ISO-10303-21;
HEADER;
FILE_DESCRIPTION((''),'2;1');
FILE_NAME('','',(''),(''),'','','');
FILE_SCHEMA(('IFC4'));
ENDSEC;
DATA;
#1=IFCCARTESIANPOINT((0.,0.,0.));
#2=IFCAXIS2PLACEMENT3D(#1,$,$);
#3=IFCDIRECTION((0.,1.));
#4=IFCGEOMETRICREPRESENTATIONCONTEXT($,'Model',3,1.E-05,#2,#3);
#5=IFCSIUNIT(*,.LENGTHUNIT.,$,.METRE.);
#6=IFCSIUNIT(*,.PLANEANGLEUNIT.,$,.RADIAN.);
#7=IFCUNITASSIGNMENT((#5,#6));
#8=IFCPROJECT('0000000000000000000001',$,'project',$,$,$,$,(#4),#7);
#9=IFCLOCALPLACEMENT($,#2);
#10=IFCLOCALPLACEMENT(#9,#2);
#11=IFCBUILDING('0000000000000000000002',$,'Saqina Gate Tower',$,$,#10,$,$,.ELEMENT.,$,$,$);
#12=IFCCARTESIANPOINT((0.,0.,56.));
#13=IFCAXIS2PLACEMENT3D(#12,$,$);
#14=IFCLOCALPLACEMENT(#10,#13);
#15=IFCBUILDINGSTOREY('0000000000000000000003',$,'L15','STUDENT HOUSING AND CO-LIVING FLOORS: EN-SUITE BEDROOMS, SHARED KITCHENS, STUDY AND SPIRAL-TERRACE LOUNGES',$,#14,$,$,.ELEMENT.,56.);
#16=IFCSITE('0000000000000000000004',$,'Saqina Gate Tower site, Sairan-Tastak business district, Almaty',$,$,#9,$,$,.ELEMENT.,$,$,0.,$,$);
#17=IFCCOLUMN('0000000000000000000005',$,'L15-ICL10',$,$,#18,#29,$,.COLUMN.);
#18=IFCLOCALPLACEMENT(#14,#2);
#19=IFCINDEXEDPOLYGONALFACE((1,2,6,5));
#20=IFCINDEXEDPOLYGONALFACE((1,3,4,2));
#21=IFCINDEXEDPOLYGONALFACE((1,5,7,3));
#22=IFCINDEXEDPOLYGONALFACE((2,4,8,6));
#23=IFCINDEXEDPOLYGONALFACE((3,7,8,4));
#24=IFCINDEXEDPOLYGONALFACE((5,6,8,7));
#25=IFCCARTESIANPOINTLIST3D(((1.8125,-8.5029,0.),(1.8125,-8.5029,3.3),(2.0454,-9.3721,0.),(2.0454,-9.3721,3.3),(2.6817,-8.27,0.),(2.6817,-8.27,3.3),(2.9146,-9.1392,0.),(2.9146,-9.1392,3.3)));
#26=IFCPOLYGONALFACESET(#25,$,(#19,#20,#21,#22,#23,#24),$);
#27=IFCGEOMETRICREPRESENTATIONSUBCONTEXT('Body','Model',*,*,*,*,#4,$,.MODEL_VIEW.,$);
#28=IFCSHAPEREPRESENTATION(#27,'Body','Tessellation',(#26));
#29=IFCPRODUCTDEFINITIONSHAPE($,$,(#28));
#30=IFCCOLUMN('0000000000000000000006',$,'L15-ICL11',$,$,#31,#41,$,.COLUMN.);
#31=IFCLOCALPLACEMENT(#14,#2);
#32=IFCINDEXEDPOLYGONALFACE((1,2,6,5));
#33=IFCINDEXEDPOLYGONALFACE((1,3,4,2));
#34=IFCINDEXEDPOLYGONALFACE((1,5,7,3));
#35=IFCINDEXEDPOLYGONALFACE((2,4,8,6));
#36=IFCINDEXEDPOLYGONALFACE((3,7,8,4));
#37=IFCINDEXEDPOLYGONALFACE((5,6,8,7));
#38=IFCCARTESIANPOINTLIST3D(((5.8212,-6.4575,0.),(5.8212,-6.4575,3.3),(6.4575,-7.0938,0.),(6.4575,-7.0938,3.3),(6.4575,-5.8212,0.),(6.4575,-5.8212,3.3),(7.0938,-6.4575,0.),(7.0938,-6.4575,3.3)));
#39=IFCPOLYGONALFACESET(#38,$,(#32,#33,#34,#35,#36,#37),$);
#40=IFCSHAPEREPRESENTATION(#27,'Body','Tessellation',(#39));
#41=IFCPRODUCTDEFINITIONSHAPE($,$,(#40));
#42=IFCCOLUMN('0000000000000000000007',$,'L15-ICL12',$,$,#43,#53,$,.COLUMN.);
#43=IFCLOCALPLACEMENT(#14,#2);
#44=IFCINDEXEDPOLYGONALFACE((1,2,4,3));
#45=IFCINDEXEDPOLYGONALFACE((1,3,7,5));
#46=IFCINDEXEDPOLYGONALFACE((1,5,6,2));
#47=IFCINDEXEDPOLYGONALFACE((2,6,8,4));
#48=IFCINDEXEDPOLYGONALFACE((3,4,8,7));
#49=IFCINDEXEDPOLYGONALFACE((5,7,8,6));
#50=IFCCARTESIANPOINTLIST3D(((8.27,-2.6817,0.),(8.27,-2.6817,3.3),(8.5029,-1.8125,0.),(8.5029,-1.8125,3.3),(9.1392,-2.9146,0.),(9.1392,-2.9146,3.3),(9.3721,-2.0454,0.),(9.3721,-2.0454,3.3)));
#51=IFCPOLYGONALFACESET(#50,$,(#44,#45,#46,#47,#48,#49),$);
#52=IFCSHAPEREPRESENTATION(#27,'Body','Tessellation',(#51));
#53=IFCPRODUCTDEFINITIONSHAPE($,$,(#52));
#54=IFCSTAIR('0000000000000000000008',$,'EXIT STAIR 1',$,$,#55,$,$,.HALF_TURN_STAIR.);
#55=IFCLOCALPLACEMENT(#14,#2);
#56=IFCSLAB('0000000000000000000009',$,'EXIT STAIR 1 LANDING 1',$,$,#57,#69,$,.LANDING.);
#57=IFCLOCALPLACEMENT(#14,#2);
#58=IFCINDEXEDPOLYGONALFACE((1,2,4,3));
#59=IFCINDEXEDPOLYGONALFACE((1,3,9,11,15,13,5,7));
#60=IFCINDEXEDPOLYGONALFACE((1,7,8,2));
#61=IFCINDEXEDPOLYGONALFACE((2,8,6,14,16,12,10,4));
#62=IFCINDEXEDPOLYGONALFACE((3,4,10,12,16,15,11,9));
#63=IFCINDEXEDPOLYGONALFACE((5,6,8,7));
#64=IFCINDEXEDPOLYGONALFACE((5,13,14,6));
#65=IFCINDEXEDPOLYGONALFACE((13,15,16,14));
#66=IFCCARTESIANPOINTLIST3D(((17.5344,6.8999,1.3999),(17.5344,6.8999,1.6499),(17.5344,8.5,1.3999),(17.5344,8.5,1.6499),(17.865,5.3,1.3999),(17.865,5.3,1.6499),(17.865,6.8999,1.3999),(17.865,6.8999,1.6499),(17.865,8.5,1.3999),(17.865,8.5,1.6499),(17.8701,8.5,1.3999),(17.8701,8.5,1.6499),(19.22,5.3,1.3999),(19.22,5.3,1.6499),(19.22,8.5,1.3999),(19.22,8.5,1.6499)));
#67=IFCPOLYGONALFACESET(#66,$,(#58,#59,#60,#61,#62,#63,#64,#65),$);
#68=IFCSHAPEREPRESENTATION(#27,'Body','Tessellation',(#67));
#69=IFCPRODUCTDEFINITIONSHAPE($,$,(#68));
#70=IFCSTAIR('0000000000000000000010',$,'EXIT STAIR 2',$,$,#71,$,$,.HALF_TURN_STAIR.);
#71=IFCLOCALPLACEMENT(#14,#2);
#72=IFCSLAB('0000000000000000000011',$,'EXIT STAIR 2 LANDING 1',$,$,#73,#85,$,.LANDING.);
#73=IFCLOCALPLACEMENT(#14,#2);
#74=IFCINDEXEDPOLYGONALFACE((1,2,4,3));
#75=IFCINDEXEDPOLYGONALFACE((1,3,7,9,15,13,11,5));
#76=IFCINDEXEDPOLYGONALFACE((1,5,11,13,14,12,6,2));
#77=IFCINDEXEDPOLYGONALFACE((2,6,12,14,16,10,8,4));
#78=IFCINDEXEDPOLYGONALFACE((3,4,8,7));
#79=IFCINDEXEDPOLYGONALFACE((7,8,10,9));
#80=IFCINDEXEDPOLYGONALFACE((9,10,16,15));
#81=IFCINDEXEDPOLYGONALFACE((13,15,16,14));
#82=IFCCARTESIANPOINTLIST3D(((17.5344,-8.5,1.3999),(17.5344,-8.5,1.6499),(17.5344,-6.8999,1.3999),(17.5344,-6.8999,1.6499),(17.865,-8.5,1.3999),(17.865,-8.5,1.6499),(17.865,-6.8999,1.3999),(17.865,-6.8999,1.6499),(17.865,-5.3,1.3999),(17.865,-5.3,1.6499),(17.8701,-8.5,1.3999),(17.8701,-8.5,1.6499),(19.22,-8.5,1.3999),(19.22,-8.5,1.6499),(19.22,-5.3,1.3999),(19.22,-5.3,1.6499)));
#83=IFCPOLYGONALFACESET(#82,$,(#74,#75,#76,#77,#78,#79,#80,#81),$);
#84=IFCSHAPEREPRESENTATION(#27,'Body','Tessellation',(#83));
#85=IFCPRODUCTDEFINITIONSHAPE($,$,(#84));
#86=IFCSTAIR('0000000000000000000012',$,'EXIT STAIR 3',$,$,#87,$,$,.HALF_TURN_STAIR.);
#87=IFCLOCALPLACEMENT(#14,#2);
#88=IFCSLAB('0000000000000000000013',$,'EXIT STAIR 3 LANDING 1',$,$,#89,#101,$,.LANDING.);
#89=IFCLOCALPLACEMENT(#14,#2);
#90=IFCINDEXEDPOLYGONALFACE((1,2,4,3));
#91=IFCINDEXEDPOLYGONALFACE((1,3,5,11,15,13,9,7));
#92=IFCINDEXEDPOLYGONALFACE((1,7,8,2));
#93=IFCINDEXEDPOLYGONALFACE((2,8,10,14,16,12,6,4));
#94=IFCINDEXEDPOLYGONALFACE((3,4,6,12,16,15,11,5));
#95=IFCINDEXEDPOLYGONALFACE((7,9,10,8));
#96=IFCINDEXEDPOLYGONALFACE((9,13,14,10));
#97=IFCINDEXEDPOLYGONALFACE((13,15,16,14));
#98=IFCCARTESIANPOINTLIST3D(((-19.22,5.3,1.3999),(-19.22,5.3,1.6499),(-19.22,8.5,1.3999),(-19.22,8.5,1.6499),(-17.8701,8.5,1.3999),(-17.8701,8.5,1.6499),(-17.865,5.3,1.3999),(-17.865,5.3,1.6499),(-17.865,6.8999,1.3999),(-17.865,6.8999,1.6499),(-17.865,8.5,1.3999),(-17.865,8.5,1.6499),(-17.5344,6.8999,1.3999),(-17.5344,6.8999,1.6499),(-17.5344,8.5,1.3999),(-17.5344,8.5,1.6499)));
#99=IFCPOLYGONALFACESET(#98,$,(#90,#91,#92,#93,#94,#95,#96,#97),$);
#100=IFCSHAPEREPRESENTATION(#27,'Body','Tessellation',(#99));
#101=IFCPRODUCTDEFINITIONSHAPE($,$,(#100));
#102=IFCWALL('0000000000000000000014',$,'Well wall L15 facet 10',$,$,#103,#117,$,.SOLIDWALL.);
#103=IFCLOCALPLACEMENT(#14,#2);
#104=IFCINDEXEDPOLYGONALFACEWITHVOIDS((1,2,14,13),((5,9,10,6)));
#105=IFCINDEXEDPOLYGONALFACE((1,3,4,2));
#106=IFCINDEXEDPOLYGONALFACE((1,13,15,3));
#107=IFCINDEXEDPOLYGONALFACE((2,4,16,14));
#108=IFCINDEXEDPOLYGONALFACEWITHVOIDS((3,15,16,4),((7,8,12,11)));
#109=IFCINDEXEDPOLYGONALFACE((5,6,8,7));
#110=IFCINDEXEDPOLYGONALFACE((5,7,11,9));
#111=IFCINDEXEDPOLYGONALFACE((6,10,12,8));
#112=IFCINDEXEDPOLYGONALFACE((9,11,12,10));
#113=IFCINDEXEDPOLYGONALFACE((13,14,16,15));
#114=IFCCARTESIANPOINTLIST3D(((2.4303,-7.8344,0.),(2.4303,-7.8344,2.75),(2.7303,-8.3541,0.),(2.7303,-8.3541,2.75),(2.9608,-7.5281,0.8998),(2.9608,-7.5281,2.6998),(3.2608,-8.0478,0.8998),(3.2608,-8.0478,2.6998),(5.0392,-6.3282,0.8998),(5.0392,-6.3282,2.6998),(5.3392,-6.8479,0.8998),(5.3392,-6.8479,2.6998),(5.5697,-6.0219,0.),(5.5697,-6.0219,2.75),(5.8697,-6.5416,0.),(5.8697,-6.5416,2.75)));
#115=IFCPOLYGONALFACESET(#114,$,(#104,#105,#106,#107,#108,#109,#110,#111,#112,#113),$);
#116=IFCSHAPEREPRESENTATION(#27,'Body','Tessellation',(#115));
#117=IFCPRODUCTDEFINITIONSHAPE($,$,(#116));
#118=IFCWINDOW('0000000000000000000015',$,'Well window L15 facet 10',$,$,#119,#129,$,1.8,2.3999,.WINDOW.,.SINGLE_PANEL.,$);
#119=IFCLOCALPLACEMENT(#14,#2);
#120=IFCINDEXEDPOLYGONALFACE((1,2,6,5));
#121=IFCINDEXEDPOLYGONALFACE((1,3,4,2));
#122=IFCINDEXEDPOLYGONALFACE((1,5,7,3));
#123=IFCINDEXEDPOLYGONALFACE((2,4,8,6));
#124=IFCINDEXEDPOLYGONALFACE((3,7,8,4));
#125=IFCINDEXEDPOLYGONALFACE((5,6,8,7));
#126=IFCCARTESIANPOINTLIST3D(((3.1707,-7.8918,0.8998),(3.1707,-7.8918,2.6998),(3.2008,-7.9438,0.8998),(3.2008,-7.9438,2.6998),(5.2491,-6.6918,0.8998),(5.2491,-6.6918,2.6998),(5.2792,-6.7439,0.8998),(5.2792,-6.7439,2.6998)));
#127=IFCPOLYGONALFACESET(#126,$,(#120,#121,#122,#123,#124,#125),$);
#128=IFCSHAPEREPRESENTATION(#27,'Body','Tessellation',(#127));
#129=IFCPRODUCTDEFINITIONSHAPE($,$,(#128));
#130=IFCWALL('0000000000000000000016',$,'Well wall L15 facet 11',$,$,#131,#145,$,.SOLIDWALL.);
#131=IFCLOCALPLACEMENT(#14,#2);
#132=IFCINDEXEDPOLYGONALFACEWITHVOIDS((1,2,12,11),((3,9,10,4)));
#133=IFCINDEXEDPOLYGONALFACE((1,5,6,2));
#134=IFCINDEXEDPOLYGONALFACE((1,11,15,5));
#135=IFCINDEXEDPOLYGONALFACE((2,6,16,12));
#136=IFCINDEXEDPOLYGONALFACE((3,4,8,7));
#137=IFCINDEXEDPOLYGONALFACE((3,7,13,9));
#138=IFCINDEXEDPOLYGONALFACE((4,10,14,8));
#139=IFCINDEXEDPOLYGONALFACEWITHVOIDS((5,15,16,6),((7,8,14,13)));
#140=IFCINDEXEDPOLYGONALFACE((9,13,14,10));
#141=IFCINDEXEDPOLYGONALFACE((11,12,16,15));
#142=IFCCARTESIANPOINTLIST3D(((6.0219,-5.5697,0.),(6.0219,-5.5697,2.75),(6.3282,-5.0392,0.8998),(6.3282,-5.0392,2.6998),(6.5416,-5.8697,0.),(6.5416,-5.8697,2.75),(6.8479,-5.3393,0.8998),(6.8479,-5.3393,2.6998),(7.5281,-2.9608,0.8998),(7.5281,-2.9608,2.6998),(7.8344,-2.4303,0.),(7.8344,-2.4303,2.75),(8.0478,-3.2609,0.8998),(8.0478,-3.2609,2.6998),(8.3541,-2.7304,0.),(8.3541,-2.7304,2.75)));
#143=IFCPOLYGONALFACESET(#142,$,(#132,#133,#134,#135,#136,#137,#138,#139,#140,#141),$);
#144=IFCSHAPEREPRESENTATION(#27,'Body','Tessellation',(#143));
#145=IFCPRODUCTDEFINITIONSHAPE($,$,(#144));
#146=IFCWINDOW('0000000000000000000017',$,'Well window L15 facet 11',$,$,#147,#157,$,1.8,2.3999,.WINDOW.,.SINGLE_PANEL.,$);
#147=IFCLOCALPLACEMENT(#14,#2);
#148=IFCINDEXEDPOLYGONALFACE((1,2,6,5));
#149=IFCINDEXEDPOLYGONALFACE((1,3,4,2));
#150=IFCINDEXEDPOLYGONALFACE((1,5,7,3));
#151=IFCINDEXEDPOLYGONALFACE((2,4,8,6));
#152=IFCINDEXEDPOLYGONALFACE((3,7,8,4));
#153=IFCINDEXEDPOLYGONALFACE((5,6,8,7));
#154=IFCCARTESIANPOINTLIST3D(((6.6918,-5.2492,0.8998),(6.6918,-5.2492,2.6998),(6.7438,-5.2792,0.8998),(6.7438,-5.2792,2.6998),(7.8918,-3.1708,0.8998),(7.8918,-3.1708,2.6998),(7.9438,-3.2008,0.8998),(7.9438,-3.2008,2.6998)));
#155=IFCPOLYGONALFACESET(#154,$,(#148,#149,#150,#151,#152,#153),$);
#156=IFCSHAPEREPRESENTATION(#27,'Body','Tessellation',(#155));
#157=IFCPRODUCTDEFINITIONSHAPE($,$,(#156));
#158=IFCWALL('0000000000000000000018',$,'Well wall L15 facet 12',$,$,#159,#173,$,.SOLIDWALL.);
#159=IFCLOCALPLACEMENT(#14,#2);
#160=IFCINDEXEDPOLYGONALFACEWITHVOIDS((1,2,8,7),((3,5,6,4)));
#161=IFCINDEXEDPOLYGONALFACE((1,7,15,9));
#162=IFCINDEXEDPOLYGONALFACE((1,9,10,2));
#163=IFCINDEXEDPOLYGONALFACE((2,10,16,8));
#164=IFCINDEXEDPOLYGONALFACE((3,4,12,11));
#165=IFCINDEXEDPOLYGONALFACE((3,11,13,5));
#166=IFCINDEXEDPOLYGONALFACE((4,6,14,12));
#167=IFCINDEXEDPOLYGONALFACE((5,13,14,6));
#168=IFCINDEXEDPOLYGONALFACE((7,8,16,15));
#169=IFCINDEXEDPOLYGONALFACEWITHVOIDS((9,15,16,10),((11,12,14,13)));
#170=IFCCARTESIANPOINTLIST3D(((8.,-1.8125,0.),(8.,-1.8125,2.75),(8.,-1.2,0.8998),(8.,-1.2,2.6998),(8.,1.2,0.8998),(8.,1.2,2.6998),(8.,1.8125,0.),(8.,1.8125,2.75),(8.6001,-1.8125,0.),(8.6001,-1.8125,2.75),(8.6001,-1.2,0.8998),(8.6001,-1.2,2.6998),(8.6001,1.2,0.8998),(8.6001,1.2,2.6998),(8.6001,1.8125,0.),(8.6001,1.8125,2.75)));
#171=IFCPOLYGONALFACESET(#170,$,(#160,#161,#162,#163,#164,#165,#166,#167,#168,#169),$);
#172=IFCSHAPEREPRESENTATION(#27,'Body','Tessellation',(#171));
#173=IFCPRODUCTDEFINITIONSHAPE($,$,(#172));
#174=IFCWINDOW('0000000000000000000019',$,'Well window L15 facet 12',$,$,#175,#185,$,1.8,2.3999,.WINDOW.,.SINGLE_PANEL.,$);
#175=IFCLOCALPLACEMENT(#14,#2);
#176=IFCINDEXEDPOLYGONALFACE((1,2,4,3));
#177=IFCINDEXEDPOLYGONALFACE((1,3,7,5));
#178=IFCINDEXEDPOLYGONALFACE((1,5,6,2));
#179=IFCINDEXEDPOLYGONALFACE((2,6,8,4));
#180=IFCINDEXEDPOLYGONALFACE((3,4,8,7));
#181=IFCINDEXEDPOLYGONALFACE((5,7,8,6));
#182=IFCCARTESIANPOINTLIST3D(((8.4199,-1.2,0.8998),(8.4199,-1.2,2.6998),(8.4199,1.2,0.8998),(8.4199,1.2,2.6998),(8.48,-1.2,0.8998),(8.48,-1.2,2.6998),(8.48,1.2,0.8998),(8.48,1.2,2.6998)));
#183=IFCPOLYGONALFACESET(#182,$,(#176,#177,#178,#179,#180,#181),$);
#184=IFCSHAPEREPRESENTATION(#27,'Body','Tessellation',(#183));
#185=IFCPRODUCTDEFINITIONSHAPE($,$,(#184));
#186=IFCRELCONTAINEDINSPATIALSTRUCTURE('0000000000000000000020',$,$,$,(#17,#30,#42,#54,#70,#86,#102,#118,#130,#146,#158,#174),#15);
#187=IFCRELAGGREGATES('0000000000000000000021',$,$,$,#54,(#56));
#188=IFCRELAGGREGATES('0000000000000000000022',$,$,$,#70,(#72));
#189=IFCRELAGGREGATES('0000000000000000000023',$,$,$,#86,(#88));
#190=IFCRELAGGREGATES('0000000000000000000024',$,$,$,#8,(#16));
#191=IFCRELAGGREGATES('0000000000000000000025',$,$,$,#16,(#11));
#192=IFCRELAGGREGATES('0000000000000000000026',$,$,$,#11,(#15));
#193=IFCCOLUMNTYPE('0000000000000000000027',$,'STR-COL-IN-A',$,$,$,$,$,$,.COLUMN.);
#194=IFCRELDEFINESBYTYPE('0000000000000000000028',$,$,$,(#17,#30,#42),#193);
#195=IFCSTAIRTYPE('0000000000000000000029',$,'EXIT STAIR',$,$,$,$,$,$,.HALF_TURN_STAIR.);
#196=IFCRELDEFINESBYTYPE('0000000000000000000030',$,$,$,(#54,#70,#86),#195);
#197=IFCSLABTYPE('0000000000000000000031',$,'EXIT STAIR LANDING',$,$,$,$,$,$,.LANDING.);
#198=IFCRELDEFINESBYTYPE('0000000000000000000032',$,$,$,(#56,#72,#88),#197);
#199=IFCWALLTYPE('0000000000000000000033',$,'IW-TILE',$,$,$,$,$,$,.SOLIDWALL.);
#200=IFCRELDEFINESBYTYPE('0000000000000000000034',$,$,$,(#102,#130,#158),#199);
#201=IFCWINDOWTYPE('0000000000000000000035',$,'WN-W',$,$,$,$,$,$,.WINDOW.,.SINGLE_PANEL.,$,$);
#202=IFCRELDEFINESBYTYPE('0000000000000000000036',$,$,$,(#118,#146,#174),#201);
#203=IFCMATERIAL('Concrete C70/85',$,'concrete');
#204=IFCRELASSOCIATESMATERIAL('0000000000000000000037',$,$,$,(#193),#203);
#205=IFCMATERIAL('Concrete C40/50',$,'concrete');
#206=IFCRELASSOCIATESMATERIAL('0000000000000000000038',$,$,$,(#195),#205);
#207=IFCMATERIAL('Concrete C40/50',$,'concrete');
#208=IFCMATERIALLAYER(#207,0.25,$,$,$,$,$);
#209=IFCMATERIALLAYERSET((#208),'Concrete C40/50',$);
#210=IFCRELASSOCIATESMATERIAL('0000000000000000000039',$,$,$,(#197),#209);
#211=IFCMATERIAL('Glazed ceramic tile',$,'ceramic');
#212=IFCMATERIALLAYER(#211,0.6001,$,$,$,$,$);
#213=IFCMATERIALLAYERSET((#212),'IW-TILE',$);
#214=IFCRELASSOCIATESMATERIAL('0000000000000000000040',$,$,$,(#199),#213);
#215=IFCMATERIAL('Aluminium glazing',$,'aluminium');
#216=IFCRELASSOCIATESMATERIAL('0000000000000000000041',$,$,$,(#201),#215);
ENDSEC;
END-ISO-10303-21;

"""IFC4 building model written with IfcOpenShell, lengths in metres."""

from ifc_helpers import new_model, si_unit, direction, frame, frame_2d, origin, origin_2d, place, context, subcontext, project, spatial, polyline, rectangle, outline, extrude, material, layer, layer_set, material_profile, profile_set, type_object, element, fill, aggregate, save


model = new_model("IFC4")

# Units and contexts
model_context = context("Model", 3, precision=1e-05, world=origin(), true_north=direction((0.0, 1.0)))
body_context = subcontext(model_context, "Body", "Model", "MODEL_VIEW")
ifc_project = project(units=[si_unit("LENGTHUNIT", "METRE"), si_unit("PLANEANGLEUNIT", "RADIAN")], contexts=[model_context])

# Site, building, storey
site_placement = place(None, origin())
site = spatial("IfcSite", under=ifc_project, at=site_placement, Name="Saqina Gate Tower site, Sairan-Tastak business district, Almaty", CompositionType="ELEMENT", RefElevation=0.0)
building_placement = place(site_placement, origin())
building = spatial("IfcBuilding", under=site, at=building_placement, Name="Saqina Gate Tower", CompositionType="ELEMENT")
storey_placement = place(building_placement, frame((0.0, 0.0, 56.0)))
storey = spatial("IfcBuildingStorey", under=building, at=storey_placement, Name="L15", Description="STUDENT HOUSING AND CO-LIVING FLOORS: EN-SUITE BEDROOMS, SHARED KITCHENS, STUDY AND SPIRAL-TERRACE LOUNGES", CompositionType="ELEMENT", Elevation=56.0)

# Columns
ifc_material_1 = material(Name="Concrete C70/85", Category="concrete")
ifc_material_profile = material_profile(ifc_material_1, rectangle(XDim=0.8999, YDim=0.8999, at=origin_2d()), Name="RC 900x900")
ifc_profile_set = profile_set([ifc_material_profile], Name="Concrete C70/85")
column_type = type_object("IfcColumnType", Name="STR-COL-IN-A", PredefinedType="COLUMN", material=ifc_profile_set)
for number, where, z_axis, x_axis, name in (
    (1, (2.3635, -8.821, 0.0), (0.0, 0.0, 1.0), (0.258819, -0.965926, 0.0), "L15-ICL10"),
    (2, (6.4575, -6.4575, 0.0), (0.0, 0.0, 1.0), (0.707107, -0.707107, 0.0), "L15-ICL11"),
    (3, (8.821, -2.3635, 0.0), (0.0, 0.0, 1.0), (0.965926, -0.258819, 0.0), "L15-ICL12"),
):
    element("IfcColumn", number, at=place(storey_placement, frame(where, z_axis=z_axis, x_axis=x_axis)), inside=storey, type_object=column_type, Name=name, PredefinedType="COLUMN", context=body_context, shape_type="SweptSolid", body=[
        extrude(rectangle(XDim=0.8999, YDim=0.8999, at=origin_2d()), origin(), (0.0, 0.0, 1.0), 3.3),
    ])

# Stairs, slabs
ifc_material_2 = material(Name="Concrete C40/50", Category="concrete")
stair_type = type_object("IfcStairType", Name="EXIT STAIR", PredefinedType="HALF_TURN_STAIR", material=ifc_material_2)
stair_1_placement = place(storey_placement, origin())
stair_1 = element("IfcStair", 4, at=stair_1_placement, inside=storey, type_object=stair_type, Name="EXIT STAIR 1", PredefinedType="HALF_TURN_STAIR")
ifc_material_3 = material(Name="Concrete C40/50", Category="concrete")
ifc_layer_1 = layer(ifc_material_3, 0.25)
ifc_layer_set_1 = layer_set([ifc_layer_1], Name="Concrete C40/50")
slab_type = type_object("IfcSlabType", Name="EXIT STAIR LANDING", PredefinedType="LANDING", material=ifc_layer_set_1)
slab_1_placement = place(storey_placement, frame((0.0, 0.0, 1.3999)))
slab_1 = element("IfcSlab", 5, at=slab_1_placement, type_object=slab_type, Name="EXIT STAIR 1 LANDING 1", PredefinedType="LANDING", context=body_context, shape_type="SweptSolid", body=[
    extrude(outline(polyline([(19.22, 8.5), (19.22, 5.3), (17.865, 5.3), (17.865, 6.8999), (17.5344, 6.8999), (17.5344, 8.5), (17.865, 8.5), (17.8701, 8.5), (19.22, 8.5)])), origin(), (0.0, 0.0, 1.0), 0.25),
])
aggregate(stair_1, [slab_1])
stair_2_placement = place(storey_placement, origin())
stair_2 = element("IfcStair", 6, at=stair_2_placement, inside=storey, type_object=stair_type, Name="EXIT STAIR 2", PredefinedType="HALF_TURN_STAIR")
slab_2_placement = place(storey_placement, frame((0.0, 0.0, 1.3999)))
slab_2 = element("IfcSlab", 7, at=slab_2_placement, type_object=slab_type, Name="EXIT STAIR 2 LANDING 1", PredefinedType="LANDING", context=body_context, shape_type="SweptSolid", body=[
    extrude(outline(polyline([(17.5344, -8.5), (17.5344, -6.8999), (17.865, -6.8999), (17.865, -5.3), (19.22, -5.3), (19.22, -8.5), (17.8701, -8.5), (17.865, -8.5), (17.5344, -8.5)])), origin(), (0.0, 0.0, 1.0), 0.25),
])
aggregate(stair_2, [slab_2])
stair_3_placement = place(storey_placement, origin())
stair_3 = element("IfcStair", 8, at=stair_3_placement, inside=storey, type_object=stair_type, Name="EXIT STAIR 3", PredefinedType="HALF_TURN_STAIR")
slab_3_placement = place(storey_placement, frame((0.0, 0.0, 1.3999)))
slab_3 = element("IfcSlab", 9, at=slab_3_placement, type_object=slab_type, Name="EXIT STAIR 3 LANDING 1", PredefinedType="LANDING", context=body_context, shape_type="SweptSolid", body=[
    extrude(outline(polyline([(-17.865, 5.3), (-19.22, 5.3), (-19.22, 8.5), (-17.8701, 8.5), (-17.865, 8.5), (-17.5344, 8.5), (-17.5344, 6.8999), (-17.865, 6.8999), (-17.865, 5.3)])), origin(), (0.0, 0.0, 1.0), 0.25),
])
aggregate(stair_3, [slab_3])

# Walls, openings, windows
ifc_material_4 = material(Name="Glazed ceramic tile", Category="ceramic")
ifc_layer_2 = layer(ifc_material_4, 0.6001)
ifc_layer_set_2 = layer_set([ifc_layer_2], Name="IW-TILE")
wall_type_1 = type_object("IfcWallType", Name="IW-TILE", PredefinedType="SOLIDWALL", material=ifc_layer_set_2)
wall_1_placement = place(storey_placement, frame((2.5803, -8.0942, 0.0), z_axis=(0.0, 0.0, 1.0), x_axis=(0.86603, 0.499993, 0.0)))
wall_1 = element("IfcWall", 10, at=wall_1_placement, inside=storey, type_object=wall_type_1, Name="Well wall L15 facet 10", PredefinedType="SOLIDWALL", context=body_context, shape_type="SweptSolid", body=[
    extrude(rectangle(XDim=3.625, YDim=0.6001, at=frame_2d((1.8125, 0.0))), origin(), (0.0, 0.0, 1.0), 2.75),
])
opening_1_placement = place(wall_1_placement, frame((0.6125, 0.0, 0.8999)))
opening_1 = element("IfcOpeningElement", 11, at=opening_1_placement, cuts=wall_1, PredefinedType="OPENING", context=body_context, shape_type="SweptSolid", body=[
    extrude(rectangle(XDim=2.3999, YDim=1.8, at=frame_2d((1.2, 0.8999))), frame((0.0, 0.312, 0.0), z_axis=(0.0, -1.0, 0.0), x_axis=(1.0, 0.0, 0.0)), (0.0, 0.0, 1.0), 0.624),
])
ifc_material_5 = material(Name="Aluminium glazing", Category="aluminium")
window_type = type_object("IfcWindowType", Name="WN-W", PartitioningType="SINGLE_PANEL", PredefinedType="WINDOW", material=ifc_material_5)
window_1_placement = place(opening_1_placement, origin())
window_1 = element("IfcWindow", 12, at=window_1_placement, inside=storey, type_object=window_type, Name="Well window L15 facet 10", OverallHeight=1.8, OverallWidth=2.3999, PartitioningType="SINGLE_PANEL", PredefinedType="WINDOW", context=body_context, shape_type="SweptSolid", body=[
    extrude(rectangle(XDim=2.3999, YDim=1.8, at=frame_2d((1.2, 0.8999))), frame((0.0, -0.1199, 0.0), z_axis=(0.0, -1.0, 0.0), x_axis=(1.0, 0.0, 0.0)), (0.0, 0.0, 1.0), 0.0601),
])
fill(opening_1, window_1)
wall_2_placement = place(storey_placement, frame((6.2817, -5.7197, 0.0), z_axis=(0.0, 0.0, 1.0), x_axis=(0.499993, 0.86603, 0.0)))
wall_2 = element("IfcWall", 13, at=wall_2_placement, inside=storey, type_object=wall_type_1, Name="Well wall L15 facet 11", PredefinedType="SOLIDWALL", context=body_context, shape_type="SweptSolid", body=[
    extrude(rectangle(XDim=3.625, YDim=0.6001, at=frame_2d((1.8125, 0.0))), origin(), (0.0, 0.0, 1.0), 2.75),
])
opening_2_placement = place(wall_2_placement, frame((0.6125, 0.0, 0.8999)))
opening_2 = element("IfcOpeningElement", 14, at=opening_2_placement, cuts=wall_2, PredefinedType="OPENING", context=body_context, shape_type="SweptSolid", body=[
    extrude(rectangle(XDim=2.3999, YDim=1.8, at=frame_2d((1.2, 0.8999))), frame((0.0, 0.312, 0.0), z_axis=(0.0, -1.0, 0.0), x_axis=(1.0, 0.0, 0.0)), (0.0, 0.0, 1.0), 0.624),
])
window_2_placement = place(opening_2_placement, origin())
window_2 = element("IfcWindow", 15, at=window_2_placement, inside=storey, type_object=window_type, Name="Well window L15 facet 11", OverallHeight=1.8, OverallWidth=2.3999, PartitioningType="SINGLE_PANEL", PredefinedType="WINDOW", context=body_context, shape_type="SweptSolid", body=[
    extrude(rectangle(XDim=2.3999, YDim=1.8, at=frame_2d((1.2, 0.8999))), frame((0.0, -0.1199, 0.0), z_axis=(0.0, -1.0, 0.0), x_axis=(1.0, 0.0, 0.0)), (0.0, 0.0, 1.0), 0.0601),
])
fill(opening_2, window_2)
wall_3_placement = place(storey_placement, frame((8.3, -1.8125, 0.0), z_axis=(0.0, 0.0, 1.0), x_axis=(0.0, 1.0, 0.0)))
wall_3 = element("IfcWall", 16, at=wall_3_placement, inside=storey, type_object=wall_type_1, Name="Well wall L15 facet 12", PredefinedType="SOLIDWALL", context=body_context, shape_type="SweptSolid", body=[
    extrude(rectangle(XDim=3.625, YDim=0.6001, at=frame_2d((1.8125, 0.0))), origin(), (0.0, 0.0, 1.0), 2.75),
])
opening_3_placement = place(wall_3_placement, frame((0.6125, 0.0, 0.8999)))
opening_3 = element("IfcOpeningElement", 17, at=opening_3_placement, cuts=wall_3, PredefinedType="OPENING", context=body_context, shape_type="SweptSolid", body=[
    extrude(rectangle(XDim=2.3999, YDim=1.8, at=frame_2d((1.2, 0.8999))), frame((0.0, 0.312, 0.0), z_axis=(0.0, -1.0, 0.0), x_axis=(1.0, 0.0, 0.0)), (0.0, 0.0, 1.0), 0.624),
])
window_3_placement = place(opening_3_placement, origin())
window_3 = element("IfcWindow", 18, at=window_3_placement, inside=storey, type_object=window_type, Name="Well window L15 facet 12", OverallHeight=1.8, OverallWidth=2.3999, PartitioningType="SINGLE_PANEL", PredefinedType="WINDOW", context=body_context, shape_type="SweptSolid", body=[
    extrude(rectangle(XDim=2.3999, YDim=1.8, at=frame_2d((1.2, 0.8999))), frame((0.0, -0.1199, 0.0), z_axis=(0.0, -1.0, 0.0), x_axis=(1.0, 0.0, 0.0)), (0.0, 0.0, 1.0), 0.0601),
])
fill(opening_3, window_3)

save(model, "model.ifc")
